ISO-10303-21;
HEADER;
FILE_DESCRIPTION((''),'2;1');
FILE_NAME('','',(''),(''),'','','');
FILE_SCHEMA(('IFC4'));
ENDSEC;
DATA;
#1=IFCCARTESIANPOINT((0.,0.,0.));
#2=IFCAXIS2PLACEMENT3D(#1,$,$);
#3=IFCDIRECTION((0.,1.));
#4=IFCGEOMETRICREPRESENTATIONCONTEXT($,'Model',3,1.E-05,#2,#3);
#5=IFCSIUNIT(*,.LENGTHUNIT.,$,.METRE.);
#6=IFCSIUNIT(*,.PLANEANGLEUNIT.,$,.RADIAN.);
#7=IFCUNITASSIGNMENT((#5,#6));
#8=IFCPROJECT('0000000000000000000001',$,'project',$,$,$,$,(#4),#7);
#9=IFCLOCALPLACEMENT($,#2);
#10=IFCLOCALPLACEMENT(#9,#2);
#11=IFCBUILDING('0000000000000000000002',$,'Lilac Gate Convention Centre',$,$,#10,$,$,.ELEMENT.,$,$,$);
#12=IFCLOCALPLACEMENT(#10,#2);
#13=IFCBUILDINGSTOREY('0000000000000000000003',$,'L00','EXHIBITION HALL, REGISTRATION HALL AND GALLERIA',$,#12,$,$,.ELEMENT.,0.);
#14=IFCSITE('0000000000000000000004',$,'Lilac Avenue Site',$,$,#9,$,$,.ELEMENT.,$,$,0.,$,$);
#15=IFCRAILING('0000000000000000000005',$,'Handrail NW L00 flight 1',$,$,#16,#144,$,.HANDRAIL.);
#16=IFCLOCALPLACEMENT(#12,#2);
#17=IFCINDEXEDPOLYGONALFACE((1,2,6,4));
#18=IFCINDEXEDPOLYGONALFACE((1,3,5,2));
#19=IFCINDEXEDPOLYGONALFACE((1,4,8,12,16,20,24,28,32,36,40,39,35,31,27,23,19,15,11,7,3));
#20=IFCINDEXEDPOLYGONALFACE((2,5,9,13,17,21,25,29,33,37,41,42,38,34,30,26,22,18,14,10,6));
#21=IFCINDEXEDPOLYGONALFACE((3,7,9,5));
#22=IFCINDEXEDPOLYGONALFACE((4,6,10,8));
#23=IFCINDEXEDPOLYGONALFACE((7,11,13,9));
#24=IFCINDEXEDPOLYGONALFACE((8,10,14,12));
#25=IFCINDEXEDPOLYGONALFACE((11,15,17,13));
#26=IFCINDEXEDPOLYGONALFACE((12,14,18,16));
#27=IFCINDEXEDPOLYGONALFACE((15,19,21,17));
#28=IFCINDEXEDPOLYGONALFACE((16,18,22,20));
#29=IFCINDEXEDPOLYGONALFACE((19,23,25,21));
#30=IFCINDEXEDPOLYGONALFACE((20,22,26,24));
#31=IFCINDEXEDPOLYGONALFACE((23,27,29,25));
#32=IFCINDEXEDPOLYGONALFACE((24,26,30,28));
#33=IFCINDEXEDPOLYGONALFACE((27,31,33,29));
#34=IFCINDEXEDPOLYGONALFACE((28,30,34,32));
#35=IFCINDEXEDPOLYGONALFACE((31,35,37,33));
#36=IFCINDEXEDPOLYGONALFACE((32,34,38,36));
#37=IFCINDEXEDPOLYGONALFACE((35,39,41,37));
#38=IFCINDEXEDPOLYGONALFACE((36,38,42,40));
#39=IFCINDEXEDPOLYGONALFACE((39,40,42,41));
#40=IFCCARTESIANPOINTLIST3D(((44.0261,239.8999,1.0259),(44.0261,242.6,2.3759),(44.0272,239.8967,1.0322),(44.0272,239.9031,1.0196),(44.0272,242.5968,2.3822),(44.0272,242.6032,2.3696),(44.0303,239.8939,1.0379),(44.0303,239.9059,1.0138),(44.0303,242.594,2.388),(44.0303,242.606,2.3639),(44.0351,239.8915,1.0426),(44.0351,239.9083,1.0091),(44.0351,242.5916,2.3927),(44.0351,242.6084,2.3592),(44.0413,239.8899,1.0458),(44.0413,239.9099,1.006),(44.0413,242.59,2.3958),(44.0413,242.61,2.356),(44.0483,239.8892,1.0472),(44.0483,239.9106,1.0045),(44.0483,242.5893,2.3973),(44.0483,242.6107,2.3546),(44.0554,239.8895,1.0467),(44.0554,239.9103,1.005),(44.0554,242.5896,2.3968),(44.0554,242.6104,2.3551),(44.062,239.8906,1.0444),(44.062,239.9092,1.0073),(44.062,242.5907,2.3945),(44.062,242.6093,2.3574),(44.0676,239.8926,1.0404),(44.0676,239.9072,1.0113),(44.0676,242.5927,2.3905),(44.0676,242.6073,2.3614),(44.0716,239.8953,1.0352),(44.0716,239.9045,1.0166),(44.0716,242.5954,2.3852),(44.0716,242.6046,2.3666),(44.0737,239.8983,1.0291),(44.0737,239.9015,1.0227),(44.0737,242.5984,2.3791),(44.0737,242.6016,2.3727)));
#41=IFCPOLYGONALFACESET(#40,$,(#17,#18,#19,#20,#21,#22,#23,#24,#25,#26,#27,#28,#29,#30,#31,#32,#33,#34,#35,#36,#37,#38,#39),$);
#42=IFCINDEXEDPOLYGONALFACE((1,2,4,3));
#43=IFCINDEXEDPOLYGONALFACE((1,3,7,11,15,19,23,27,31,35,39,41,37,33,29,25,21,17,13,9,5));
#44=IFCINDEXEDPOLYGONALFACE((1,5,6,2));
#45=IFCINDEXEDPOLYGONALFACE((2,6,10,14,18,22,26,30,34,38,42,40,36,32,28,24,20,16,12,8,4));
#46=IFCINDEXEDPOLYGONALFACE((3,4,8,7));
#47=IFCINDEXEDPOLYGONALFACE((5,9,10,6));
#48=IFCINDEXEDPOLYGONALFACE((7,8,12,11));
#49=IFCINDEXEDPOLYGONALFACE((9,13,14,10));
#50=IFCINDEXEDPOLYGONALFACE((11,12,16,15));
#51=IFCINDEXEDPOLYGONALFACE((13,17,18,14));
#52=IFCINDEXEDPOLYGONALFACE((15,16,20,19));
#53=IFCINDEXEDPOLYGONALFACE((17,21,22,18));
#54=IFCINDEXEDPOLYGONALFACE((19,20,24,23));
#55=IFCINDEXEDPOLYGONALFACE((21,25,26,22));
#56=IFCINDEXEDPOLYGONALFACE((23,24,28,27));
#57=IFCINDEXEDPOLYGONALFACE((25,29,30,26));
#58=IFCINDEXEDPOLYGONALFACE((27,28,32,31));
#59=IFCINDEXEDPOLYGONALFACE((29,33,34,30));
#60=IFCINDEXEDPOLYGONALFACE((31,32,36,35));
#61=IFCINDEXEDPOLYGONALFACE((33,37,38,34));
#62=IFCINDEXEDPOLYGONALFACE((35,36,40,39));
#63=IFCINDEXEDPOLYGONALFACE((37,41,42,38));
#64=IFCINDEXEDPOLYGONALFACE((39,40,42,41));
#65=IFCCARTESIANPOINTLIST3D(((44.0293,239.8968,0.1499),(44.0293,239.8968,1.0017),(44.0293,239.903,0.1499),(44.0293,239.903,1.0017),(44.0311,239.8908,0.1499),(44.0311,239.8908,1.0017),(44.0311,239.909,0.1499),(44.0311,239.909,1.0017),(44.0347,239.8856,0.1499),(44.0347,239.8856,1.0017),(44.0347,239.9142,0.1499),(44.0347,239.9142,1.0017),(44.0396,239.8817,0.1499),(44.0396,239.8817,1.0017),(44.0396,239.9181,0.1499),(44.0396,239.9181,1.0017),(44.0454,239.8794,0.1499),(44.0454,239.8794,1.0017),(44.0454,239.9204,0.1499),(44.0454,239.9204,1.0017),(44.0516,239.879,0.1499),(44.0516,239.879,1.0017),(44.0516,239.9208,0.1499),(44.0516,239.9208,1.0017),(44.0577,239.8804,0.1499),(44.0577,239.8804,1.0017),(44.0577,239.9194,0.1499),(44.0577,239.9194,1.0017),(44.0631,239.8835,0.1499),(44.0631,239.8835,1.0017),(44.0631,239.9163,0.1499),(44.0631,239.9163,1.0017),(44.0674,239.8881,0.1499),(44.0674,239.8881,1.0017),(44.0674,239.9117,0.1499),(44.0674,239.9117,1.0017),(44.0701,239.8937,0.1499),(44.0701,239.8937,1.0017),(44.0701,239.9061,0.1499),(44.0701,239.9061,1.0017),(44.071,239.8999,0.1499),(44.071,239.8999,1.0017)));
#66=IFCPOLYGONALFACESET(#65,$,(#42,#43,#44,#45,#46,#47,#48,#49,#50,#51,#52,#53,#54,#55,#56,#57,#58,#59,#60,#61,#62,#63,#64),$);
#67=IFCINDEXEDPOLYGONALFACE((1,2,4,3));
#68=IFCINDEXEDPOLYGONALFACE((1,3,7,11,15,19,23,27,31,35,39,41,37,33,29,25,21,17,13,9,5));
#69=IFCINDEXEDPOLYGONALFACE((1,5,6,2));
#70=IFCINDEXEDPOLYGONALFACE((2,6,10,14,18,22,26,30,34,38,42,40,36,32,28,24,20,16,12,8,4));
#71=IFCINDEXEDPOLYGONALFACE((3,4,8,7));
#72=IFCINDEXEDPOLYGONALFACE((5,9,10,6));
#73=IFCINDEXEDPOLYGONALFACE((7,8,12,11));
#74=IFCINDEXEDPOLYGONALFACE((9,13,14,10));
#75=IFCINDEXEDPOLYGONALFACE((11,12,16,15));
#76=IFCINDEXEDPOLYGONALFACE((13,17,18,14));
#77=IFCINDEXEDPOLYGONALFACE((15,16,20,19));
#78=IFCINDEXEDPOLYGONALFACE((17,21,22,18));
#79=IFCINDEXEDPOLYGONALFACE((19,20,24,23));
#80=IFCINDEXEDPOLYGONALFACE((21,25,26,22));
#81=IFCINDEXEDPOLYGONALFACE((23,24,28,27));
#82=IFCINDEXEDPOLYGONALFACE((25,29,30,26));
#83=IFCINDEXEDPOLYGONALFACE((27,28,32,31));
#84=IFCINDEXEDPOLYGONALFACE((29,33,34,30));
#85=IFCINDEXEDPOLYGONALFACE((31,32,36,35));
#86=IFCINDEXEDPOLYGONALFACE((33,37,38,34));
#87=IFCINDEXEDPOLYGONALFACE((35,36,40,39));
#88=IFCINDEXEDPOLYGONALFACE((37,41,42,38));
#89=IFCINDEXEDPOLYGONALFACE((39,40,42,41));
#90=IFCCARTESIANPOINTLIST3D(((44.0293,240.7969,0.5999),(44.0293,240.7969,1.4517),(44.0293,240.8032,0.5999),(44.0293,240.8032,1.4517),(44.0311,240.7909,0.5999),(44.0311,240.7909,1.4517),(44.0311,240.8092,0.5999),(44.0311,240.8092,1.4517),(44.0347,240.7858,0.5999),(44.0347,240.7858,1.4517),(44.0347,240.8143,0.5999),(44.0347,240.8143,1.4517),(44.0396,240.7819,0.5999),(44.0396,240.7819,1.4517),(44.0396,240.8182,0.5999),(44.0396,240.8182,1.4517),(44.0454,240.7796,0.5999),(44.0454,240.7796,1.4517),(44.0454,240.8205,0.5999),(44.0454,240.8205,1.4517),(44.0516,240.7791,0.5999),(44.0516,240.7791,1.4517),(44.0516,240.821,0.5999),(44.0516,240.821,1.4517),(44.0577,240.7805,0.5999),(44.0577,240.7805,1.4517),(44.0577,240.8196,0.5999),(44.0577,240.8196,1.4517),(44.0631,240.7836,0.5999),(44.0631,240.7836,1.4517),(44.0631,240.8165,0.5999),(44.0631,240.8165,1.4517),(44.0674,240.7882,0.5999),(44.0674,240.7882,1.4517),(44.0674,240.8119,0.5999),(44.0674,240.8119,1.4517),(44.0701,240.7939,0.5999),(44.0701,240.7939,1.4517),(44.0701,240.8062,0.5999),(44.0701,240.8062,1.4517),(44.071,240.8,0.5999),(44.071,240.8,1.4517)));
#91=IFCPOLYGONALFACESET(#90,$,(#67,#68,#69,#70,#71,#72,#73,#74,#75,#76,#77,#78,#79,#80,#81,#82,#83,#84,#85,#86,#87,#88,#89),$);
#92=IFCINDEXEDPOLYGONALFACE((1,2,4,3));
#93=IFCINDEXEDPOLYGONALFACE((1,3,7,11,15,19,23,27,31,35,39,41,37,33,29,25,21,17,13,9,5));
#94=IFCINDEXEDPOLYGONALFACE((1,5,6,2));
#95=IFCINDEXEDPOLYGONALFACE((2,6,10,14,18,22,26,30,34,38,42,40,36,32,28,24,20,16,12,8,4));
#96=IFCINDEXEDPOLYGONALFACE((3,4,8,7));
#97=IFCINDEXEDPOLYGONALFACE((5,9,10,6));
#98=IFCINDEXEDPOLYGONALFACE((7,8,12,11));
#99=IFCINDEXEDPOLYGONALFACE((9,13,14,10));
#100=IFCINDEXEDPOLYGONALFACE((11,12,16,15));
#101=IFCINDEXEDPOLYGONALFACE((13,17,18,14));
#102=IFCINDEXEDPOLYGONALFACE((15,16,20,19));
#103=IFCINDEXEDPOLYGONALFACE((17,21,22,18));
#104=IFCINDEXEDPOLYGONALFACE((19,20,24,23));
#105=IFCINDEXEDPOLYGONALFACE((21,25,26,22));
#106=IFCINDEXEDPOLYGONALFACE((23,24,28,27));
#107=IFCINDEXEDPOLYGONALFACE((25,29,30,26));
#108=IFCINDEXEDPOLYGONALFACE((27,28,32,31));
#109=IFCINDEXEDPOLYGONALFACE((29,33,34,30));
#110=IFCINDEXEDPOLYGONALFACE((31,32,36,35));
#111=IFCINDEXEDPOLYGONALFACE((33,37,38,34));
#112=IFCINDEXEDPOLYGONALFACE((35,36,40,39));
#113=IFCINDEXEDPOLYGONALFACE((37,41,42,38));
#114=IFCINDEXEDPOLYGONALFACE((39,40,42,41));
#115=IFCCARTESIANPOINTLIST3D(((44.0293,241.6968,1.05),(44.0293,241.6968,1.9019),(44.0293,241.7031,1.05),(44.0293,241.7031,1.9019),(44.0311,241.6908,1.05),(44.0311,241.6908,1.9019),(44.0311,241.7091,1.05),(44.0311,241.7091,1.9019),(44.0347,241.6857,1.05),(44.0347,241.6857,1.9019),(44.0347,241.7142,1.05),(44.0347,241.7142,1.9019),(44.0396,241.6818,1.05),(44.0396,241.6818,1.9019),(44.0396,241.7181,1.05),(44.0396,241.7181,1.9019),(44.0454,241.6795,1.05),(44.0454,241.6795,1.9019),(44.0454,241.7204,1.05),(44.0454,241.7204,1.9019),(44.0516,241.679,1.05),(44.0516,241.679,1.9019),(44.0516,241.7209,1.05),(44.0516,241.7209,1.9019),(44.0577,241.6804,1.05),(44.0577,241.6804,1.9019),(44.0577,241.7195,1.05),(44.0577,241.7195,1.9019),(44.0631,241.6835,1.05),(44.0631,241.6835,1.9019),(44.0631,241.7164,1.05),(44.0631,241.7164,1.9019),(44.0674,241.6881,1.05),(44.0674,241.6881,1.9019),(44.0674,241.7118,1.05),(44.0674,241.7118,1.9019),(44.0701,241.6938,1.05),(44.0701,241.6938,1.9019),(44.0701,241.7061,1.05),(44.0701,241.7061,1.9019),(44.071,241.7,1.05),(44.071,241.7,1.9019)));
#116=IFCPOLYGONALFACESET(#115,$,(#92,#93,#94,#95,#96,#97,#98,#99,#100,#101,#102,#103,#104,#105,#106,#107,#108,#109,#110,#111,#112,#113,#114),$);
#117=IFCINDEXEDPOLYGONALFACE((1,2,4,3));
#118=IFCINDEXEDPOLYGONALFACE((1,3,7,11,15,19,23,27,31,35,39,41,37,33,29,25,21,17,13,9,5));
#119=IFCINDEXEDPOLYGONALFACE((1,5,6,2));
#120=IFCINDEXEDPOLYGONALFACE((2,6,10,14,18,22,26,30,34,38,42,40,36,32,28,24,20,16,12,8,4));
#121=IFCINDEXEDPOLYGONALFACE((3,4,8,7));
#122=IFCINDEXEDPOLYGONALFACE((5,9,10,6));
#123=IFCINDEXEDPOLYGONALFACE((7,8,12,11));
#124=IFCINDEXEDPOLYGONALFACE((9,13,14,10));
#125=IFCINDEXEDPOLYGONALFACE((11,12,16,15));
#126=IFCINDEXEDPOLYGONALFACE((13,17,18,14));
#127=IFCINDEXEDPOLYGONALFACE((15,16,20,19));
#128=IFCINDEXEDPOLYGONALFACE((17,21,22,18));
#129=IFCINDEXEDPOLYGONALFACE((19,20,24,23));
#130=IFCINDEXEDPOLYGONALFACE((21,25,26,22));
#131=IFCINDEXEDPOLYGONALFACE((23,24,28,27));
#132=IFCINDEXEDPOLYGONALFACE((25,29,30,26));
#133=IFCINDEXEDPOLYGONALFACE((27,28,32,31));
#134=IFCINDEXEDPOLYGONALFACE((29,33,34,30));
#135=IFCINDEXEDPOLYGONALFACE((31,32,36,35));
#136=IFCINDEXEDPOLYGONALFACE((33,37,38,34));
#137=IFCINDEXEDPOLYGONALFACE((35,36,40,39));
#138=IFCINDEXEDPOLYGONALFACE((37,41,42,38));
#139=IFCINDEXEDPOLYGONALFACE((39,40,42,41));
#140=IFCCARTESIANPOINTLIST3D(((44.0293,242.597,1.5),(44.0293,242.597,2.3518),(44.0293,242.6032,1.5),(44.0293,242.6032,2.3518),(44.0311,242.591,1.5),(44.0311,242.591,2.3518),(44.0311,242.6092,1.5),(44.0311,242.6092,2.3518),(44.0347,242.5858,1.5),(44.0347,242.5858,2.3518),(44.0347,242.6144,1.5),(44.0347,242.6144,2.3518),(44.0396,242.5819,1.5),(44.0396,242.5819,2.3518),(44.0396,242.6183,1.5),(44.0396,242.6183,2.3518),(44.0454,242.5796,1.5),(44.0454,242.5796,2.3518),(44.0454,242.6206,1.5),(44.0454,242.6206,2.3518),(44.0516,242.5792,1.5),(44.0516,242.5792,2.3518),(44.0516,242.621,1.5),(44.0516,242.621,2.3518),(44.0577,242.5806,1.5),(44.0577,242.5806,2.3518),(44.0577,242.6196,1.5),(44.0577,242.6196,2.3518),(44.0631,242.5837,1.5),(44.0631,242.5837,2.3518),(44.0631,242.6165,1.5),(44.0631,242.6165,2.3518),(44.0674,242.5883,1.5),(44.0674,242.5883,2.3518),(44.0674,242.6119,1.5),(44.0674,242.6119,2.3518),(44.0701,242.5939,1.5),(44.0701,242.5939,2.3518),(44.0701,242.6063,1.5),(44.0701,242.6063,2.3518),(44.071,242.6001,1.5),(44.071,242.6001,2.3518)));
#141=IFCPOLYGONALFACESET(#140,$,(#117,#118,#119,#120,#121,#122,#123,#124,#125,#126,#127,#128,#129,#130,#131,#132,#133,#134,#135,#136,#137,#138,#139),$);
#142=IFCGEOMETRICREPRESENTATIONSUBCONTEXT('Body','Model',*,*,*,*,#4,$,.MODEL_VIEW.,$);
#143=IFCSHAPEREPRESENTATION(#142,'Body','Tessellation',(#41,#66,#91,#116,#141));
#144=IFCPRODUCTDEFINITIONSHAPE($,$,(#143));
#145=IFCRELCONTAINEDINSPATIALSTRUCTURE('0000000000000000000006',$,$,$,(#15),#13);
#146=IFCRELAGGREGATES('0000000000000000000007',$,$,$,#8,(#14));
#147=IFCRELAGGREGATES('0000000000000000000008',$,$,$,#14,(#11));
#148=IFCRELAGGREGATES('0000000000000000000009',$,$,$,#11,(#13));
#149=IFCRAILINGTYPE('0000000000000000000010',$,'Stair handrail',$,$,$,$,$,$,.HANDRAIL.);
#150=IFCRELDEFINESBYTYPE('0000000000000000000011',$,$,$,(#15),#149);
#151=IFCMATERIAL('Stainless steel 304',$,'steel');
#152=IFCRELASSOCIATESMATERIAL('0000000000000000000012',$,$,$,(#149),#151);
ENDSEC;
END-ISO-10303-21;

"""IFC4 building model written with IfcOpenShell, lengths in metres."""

from ifc_helpers import new_model, si_unit, direction, frame, origin, origin_2d, place, context, subcontext, project, spatial, circle, extrude, material, type_object, element, save


model = new_model("IFC4")

# Units and contexts
model_context = context("Model", 3, precision=1e-05, world=origin(), true_north=direction((0.0, 1.0)))
body_context = subcontext(model_context, "Body", "Model", "MODEL_VIEW")
ifc_project = project(units=[si_unit("LENGTHUNIT", "METRE"), si_unit("PLANEANGLEUNIT", "RADIAN")], contexts=[model_context])

# Site, building, storey
site_placement = place(None, origin())
site = spatial("IfcSite", under=ifc_project, at=site_placement, Name="Lilac Avenue Site", CompositionType="ELEMENT", RefElevation=0.0)
building_placement = place(site_placement, origin())
building = spatial("IfcBuilding", under=site, at=building_placement, Name="Lilac Gate Convention Centre", CompositionType="ELEMENT")
storey_placement = place(building_placement, origin())
storey = spatial("IfcBuildingStorey", under=building, at=storey_placement, Name="L00", Description="EXHIBITION HALL, REGISTRATION HALL AND GALLERIA", CompositionType="ELEMENT", Elevation=0.0)

# Railing
ifc_material_1 = material(Name="Stainless steel 304", Category="steel")
railing_type = type_object("IfcRailingType", Name="Stair handrail", PredefinedType="HANDRAIL", material=ifc_material_1)
for number, where, name in (
    (1, (44.05, 239.8999, 0.1499), "Handrail NW L00 flight 1"),
):
    element("IfcRailing", number, at=place(storey_placement, frame(where)), inside=storey, type_object=railing_type, Name=name, PredefinedType="HANDRAIL", context=body_context, shape_type="SweptSolid", body=[
        extrude(circle(Radius=0.0239, at=origin_2d()), frame((0.0, 0.0, 0.876), z_axis=(0.0, 0.894427, 0.447214), x_axis=(-1.0, 0.0, 0.0)), (0.0, 0.0, 1.0), 3.0188),
        extrude(circle(Radius=0.021, at=origin_2d()), origin(), (0.0, 0.0, 1.0), 0.8518),
        extrude(circle(Radius=0.021, at=origin_2d()), frame((0.0, 0.9001, 0.45)), (0.0, 0.0, 1.0), 0.8518),
        extrude(circle(Radius=0.021, at=origin_2d()), frame((0.0, 1.8, 0.9001)), (0.0, 0.0, 1.0), 0.8518),
        extrude(circle(Radius=0.021, at=origin_2d()), frame((0.0, 2.7002, 1.3501)), (0.0, 0.0, 1.0), 0.8518),
    ])

save(model, "model.ifc")
